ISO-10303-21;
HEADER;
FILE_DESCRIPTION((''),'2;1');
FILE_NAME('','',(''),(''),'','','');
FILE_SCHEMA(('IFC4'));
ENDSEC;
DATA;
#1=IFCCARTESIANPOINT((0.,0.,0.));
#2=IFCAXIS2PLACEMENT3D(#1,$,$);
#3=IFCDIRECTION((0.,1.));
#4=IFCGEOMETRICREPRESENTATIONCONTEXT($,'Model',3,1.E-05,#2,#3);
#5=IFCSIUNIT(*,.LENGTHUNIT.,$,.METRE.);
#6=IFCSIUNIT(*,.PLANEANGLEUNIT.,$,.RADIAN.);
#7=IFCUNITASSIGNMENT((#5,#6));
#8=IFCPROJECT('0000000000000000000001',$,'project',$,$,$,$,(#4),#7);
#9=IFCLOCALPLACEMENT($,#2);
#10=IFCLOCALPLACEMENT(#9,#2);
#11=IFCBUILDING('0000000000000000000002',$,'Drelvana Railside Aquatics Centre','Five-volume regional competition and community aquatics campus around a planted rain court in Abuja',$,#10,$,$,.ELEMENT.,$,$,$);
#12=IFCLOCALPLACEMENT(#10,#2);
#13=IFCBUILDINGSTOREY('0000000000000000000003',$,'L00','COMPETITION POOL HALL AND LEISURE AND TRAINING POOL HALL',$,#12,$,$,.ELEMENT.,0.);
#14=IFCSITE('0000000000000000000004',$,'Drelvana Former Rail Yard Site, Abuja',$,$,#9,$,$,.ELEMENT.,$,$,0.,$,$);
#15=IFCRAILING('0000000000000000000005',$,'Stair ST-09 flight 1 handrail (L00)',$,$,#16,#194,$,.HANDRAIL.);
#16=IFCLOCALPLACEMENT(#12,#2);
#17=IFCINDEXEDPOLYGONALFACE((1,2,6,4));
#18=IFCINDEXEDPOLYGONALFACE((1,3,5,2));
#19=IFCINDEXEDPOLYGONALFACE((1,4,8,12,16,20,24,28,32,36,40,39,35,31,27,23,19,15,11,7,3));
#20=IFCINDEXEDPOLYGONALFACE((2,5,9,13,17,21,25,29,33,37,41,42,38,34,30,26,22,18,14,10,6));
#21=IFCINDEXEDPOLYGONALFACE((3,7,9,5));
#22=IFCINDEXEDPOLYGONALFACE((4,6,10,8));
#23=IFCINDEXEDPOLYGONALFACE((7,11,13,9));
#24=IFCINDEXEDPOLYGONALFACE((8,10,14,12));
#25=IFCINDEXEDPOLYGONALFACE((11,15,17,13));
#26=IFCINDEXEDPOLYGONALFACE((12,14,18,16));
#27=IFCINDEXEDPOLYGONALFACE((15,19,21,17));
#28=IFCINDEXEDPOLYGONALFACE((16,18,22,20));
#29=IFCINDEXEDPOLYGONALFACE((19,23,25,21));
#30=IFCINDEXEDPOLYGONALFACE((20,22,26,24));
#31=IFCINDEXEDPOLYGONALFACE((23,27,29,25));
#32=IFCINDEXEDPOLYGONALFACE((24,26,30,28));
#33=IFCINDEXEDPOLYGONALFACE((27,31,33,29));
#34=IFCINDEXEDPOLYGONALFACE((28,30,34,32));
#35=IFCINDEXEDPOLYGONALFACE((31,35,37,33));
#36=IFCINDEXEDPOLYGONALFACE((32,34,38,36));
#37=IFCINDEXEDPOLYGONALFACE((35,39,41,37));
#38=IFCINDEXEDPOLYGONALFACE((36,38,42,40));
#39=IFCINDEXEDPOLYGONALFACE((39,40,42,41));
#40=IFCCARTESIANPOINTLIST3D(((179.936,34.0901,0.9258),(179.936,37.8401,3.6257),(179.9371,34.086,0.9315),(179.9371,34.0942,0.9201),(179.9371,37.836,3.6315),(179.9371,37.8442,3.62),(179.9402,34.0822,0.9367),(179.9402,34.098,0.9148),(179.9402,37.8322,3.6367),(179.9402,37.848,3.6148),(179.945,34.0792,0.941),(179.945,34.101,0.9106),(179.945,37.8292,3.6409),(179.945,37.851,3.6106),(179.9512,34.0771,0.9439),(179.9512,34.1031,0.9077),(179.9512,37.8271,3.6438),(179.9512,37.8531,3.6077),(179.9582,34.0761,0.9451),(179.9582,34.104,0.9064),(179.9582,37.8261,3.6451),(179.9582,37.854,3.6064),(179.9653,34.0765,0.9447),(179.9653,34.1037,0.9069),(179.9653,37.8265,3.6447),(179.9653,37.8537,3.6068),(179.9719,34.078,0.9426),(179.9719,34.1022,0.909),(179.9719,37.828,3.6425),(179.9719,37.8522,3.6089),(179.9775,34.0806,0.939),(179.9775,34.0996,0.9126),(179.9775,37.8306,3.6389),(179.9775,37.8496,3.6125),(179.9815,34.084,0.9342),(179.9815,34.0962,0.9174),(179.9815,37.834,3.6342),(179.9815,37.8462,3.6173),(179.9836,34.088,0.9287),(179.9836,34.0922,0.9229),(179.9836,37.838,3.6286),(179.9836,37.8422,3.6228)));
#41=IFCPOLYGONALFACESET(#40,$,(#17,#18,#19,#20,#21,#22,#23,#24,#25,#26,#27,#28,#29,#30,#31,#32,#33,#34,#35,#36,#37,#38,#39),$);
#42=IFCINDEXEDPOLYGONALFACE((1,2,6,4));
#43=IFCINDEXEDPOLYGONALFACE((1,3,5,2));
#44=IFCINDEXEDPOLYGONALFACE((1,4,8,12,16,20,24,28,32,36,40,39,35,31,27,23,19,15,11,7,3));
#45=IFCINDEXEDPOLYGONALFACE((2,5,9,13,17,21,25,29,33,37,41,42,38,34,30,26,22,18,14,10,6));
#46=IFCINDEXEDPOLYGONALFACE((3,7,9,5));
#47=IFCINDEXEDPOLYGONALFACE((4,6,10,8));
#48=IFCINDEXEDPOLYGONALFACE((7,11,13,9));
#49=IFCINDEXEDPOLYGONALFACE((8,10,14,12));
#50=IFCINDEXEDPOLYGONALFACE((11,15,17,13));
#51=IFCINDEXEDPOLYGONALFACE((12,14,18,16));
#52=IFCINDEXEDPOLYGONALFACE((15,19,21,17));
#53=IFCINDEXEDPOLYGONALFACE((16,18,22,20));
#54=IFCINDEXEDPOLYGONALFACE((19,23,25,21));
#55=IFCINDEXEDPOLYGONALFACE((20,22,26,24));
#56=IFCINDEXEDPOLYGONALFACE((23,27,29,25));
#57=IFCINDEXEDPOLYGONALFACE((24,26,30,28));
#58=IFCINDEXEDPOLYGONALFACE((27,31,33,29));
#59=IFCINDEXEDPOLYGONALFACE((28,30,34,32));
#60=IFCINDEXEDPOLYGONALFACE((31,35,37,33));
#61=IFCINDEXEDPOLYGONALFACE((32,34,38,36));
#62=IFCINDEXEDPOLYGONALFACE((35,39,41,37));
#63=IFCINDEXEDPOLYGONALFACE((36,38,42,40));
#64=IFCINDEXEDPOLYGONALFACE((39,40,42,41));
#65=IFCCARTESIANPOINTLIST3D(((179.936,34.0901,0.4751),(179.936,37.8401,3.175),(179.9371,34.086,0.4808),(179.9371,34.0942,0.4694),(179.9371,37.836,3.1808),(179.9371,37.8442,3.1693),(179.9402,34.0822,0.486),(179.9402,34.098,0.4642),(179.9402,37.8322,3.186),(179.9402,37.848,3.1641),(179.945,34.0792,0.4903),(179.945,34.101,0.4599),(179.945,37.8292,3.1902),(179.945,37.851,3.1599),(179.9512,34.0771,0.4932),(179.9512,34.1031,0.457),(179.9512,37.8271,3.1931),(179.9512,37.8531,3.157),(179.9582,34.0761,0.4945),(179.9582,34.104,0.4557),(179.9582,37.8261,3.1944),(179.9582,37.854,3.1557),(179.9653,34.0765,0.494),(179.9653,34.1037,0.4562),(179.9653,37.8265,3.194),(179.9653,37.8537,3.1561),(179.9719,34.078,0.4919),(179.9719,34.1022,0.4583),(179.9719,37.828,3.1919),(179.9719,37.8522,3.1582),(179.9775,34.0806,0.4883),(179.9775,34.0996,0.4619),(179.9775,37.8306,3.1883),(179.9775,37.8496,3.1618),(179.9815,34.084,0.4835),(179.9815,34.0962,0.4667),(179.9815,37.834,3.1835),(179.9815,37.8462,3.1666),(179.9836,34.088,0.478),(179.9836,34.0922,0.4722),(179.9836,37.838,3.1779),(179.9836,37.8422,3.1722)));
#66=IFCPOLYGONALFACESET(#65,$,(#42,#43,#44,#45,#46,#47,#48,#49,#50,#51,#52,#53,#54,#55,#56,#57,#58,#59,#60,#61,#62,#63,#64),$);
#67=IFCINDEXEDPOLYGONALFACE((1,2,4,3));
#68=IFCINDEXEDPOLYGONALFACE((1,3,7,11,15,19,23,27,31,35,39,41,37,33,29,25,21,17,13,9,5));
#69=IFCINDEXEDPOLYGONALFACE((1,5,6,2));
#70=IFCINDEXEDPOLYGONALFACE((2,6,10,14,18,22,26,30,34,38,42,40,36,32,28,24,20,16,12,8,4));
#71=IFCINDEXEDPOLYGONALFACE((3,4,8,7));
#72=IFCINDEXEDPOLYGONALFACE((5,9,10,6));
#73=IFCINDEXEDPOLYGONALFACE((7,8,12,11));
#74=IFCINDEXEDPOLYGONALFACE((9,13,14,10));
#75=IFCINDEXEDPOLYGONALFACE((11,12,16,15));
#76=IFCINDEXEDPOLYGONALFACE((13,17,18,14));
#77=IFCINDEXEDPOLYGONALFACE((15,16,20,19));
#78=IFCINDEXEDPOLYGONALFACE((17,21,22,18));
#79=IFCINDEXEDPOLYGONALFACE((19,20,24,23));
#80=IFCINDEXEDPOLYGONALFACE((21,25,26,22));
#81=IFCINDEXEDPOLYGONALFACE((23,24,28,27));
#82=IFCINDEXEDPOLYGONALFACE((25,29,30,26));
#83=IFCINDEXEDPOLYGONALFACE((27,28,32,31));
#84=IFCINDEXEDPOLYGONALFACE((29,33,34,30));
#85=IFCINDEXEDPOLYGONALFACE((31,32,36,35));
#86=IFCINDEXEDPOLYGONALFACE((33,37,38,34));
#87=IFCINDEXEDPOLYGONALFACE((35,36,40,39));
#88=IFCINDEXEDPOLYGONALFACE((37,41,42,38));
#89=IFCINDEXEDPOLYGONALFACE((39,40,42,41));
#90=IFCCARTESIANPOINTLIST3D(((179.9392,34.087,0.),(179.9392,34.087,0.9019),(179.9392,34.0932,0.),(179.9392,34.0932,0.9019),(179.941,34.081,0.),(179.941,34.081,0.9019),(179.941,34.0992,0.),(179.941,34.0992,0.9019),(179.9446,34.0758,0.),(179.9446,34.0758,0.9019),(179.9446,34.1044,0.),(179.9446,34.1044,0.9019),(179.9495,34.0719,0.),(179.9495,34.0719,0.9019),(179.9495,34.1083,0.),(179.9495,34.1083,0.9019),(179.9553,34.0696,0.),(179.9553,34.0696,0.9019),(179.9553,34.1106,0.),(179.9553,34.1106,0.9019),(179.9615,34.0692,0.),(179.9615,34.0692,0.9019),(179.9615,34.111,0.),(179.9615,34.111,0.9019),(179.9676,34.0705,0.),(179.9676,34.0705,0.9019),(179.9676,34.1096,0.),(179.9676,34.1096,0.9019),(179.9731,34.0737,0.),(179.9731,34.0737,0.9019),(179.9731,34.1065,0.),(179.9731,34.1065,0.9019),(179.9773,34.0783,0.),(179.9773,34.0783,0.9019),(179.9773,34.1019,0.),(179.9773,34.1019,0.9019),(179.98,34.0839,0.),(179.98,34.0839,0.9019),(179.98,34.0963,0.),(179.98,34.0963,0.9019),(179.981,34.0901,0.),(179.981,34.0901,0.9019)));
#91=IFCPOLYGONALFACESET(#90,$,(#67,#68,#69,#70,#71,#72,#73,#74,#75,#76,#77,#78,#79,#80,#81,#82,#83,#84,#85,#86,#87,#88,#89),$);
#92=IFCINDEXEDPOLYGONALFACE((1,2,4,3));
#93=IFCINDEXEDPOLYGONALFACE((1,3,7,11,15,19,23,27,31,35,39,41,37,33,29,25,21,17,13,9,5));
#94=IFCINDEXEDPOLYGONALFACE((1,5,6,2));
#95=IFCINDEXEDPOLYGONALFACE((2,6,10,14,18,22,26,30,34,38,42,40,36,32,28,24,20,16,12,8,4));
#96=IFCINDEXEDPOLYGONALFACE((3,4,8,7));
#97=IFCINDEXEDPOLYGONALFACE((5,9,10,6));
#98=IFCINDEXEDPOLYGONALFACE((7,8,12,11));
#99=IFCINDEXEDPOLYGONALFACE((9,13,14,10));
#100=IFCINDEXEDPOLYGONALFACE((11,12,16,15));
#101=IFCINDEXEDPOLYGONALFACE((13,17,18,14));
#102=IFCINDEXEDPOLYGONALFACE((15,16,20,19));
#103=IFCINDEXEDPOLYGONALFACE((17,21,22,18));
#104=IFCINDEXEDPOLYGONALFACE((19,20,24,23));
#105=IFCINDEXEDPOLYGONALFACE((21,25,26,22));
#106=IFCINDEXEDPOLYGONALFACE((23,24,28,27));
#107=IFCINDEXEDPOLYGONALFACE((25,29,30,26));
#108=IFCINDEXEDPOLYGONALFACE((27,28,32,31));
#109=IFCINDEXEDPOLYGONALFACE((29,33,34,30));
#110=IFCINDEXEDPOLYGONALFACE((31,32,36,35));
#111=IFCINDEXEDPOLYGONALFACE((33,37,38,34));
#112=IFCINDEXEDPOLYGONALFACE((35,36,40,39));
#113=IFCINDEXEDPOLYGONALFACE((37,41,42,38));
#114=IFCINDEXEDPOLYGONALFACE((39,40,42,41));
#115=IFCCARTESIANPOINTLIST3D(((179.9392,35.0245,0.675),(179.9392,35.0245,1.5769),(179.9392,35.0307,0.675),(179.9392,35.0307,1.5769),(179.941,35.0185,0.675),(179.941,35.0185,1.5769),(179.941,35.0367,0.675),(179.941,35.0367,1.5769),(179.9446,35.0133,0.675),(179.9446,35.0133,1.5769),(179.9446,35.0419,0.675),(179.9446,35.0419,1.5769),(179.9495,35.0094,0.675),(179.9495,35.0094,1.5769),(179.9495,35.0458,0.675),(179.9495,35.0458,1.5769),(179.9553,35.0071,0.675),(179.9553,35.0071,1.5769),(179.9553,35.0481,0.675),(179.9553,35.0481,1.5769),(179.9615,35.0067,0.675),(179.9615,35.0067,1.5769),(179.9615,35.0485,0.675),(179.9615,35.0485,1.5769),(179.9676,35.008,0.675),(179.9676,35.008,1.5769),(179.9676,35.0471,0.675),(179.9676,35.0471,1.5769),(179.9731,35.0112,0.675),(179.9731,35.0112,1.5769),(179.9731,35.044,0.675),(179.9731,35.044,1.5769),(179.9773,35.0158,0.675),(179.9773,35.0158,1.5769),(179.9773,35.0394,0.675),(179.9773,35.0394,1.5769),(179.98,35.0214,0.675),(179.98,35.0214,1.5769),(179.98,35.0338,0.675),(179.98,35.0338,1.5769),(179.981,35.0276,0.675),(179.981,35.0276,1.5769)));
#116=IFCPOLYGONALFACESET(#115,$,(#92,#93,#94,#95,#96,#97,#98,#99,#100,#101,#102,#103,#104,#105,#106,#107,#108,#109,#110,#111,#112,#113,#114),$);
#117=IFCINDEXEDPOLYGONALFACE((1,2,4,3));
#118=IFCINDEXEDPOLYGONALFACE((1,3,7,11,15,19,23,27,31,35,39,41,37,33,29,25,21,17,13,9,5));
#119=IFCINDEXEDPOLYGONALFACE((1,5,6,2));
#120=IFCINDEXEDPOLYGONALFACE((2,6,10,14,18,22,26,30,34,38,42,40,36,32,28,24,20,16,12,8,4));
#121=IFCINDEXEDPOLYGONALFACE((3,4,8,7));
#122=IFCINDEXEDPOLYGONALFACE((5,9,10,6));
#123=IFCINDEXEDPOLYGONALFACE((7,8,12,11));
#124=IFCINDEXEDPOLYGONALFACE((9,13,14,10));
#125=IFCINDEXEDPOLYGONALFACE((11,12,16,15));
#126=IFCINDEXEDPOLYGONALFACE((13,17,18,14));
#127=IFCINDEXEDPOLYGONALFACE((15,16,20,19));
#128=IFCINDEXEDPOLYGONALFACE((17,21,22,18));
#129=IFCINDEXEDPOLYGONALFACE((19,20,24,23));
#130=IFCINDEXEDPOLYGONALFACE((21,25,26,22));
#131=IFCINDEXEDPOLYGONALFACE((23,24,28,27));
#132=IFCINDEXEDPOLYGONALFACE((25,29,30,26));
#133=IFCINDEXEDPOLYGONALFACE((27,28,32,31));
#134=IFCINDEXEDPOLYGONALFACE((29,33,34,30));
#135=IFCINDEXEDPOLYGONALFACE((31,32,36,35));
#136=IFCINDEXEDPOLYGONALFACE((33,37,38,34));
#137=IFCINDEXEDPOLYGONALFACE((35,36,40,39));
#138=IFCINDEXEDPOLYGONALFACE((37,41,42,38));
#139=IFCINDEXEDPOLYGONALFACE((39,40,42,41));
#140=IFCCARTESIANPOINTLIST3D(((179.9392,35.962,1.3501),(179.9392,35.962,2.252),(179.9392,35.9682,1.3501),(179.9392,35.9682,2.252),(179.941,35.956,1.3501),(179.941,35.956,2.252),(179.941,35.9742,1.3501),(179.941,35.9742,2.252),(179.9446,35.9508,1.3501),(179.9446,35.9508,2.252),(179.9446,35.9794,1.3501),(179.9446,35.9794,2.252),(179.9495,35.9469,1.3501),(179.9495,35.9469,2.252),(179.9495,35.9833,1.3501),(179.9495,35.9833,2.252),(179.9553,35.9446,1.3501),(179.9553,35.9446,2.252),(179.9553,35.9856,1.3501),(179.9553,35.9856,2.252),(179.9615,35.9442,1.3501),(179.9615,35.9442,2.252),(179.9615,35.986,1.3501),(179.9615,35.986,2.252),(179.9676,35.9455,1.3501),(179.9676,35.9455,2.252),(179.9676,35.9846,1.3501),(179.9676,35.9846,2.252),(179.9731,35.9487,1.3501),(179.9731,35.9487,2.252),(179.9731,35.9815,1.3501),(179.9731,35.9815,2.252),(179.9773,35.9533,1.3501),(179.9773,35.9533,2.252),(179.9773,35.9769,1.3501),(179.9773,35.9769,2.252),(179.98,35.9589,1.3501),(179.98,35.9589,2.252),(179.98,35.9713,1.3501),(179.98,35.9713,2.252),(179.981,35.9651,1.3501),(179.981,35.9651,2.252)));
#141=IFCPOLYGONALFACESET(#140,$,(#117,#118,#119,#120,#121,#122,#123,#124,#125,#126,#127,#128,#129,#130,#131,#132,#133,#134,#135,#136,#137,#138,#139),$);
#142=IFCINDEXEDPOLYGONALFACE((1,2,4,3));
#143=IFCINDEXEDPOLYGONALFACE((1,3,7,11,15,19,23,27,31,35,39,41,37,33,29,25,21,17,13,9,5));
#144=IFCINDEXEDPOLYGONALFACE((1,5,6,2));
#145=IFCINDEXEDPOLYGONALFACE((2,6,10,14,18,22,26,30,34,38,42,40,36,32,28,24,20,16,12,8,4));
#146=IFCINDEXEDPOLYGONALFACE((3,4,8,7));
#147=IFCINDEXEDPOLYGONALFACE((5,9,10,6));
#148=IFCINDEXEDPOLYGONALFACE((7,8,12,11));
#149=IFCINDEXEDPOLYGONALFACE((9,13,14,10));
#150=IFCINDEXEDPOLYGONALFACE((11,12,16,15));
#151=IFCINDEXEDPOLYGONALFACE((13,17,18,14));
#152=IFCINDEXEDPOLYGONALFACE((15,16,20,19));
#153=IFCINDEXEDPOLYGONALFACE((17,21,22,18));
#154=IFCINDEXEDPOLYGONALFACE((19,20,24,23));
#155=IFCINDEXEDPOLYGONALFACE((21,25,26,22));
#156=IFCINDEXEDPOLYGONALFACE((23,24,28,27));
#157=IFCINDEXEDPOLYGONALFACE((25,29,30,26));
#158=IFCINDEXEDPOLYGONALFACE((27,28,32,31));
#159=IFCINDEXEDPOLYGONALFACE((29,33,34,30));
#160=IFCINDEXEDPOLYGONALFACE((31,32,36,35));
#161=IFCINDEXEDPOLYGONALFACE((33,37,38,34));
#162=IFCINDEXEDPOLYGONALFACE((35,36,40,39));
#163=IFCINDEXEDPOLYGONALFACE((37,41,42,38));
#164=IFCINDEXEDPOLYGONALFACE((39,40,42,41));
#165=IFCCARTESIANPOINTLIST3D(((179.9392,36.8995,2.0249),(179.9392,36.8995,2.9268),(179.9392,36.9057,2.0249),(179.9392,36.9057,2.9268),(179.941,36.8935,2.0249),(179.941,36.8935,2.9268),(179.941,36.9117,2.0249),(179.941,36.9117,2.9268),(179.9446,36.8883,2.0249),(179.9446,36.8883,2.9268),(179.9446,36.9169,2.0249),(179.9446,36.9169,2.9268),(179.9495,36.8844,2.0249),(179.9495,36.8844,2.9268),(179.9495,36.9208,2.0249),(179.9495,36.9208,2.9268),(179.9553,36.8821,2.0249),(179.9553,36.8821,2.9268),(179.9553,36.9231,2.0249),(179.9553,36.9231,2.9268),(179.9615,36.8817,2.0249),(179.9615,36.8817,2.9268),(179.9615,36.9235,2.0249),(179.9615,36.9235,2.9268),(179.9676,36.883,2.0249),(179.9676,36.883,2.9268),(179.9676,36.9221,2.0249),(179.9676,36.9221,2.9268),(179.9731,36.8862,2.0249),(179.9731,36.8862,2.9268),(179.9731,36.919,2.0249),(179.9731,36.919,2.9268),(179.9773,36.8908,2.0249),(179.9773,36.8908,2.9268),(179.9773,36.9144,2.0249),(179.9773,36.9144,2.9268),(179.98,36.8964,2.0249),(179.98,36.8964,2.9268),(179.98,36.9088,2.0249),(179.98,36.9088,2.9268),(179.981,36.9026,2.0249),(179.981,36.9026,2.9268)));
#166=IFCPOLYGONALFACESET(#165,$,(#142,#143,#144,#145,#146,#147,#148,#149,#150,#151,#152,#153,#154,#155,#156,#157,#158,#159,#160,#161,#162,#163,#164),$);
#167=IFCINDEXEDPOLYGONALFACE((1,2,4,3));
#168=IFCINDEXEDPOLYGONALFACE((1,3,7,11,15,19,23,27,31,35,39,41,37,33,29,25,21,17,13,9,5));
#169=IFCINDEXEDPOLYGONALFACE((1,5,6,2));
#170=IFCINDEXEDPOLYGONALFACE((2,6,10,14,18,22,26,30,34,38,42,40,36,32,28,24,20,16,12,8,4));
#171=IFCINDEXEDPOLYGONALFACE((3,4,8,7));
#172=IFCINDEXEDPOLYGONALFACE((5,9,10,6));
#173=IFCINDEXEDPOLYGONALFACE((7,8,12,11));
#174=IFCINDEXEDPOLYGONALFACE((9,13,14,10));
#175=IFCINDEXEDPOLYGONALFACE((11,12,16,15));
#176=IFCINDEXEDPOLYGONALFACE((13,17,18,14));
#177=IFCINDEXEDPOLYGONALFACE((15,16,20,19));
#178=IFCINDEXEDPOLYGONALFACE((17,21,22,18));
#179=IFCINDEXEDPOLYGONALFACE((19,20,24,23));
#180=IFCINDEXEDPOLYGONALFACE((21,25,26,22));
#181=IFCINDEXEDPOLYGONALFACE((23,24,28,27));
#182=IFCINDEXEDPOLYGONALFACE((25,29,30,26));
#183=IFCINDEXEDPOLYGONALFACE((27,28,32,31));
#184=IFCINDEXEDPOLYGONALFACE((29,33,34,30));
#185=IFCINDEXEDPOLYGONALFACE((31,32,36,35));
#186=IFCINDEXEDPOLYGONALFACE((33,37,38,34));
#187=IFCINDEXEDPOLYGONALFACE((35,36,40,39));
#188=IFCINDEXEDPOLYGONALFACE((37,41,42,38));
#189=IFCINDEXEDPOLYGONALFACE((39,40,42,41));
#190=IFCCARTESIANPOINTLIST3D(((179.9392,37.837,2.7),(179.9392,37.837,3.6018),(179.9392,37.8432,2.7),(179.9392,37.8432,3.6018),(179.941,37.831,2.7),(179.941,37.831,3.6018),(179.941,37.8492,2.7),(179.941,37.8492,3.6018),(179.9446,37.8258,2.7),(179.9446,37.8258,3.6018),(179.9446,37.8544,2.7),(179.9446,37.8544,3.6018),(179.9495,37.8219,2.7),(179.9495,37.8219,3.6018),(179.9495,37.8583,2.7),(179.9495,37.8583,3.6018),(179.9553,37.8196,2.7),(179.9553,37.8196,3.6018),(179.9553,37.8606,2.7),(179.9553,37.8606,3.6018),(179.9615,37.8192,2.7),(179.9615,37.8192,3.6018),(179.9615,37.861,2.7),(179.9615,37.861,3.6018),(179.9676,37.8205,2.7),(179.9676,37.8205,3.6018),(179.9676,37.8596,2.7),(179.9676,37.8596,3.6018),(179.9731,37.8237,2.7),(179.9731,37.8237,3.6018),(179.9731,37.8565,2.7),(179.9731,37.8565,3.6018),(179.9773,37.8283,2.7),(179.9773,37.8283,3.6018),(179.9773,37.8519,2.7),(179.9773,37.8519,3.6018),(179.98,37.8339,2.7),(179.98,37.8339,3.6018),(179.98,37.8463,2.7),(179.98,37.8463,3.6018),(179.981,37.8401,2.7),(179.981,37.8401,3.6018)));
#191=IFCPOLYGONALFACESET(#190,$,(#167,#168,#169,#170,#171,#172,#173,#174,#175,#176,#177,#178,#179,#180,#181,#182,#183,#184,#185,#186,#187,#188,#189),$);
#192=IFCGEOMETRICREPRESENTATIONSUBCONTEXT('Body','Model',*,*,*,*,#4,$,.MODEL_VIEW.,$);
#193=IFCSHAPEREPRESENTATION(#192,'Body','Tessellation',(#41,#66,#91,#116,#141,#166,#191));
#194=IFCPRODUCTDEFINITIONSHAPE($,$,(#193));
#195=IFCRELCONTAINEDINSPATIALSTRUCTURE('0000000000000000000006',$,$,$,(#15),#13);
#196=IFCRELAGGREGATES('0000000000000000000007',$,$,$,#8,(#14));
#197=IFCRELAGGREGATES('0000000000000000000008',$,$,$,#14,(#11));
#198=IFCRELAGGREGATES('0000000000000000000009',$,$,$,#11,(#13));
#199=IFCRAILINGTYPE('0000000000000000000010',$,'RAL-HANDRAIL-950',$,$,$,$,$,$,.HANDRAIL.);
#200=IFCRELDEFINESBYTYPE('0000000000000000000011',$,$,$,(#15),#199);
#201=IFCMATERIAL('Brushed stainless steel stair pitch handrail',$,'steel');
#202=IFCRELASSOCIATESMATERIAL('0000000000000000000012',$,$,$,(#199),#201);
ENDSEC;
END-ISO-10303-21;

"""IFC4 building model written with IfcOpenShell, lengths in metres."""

from ifc_helpers import new_model, si_unit, direction, frame, origin, origin_2d, place, context, subcontext, project, spatial, circle, extrude, material, type_object, element, save


model = new_model("IFC4")

# Units and contexts
model_context = context("Model", 3, precision=1e-05, world=origin(), true_north=direction((0.0, 1.0)))
body_context = subcontext(model_context, "Body", "Model", "MODEL_VIEW")
ifc_project = project(units=[si_unit("LENGTHUNIT", "METRE"), si_unit("PLANEANGLEUNIT", "RADIAN")], contexts=[model_context])

# Site, building, storey
site_placement = place(None, origin())
site = spatial("IfcSite", under=ifc_project, at=site_placement, Name="Drelvana Former Rail Yard Site, Abuja", CompositionType="ELEMENT", RefElevation=0.0)
building_placement = place(site_placement, origin())
building = spatial("IfcBuilding", under=site, at=building_placement, Name="Drelvana Railside Aquatics Centre", Description="Five-volume regional competition and community aquatics campus around a planted rain court in Abuja", CompositionType="ELEMENT")
storey_placement = place(building_placement, origin())
storey = spatial("IfcBuildingStorey", under=building, at=storey_placement, Name="L00", Description="COMPETITION POOL HALL AND LEISURE AND TRAINING POOL HALL", CompositionType="ELEMENT", Elevation=0.0)

# Railing
ifc_material_1 = material(Name="Brushed stainless steel stair pitch handrail", Category="steel")
railing_type = type_object("IfcRailingType", Name="RAL-HANDRAIL-950", PredefinedType="HANDRAIL", material=ifc_material_1)
railing_1_placement = place(storey_placement, frame((179.96, 34.0901, 0.0)))
element("IfcRailing", 1, at=railing_1_placement, inside=storey, type_object=railing_type, Name="Stair ST-09 flight 1 handrail (L00)", PredefinedType="HANDRAIL", context=body_context, shape_type="SweptSolid", body=[
    extrude(circle(Radius=0.0239, at=origin_2d()), frame((0.0, 0.0, 0.9258), z_axis=(0.0, 0.811539, 0.584298), x_axis=(-1.0, 0.0, 0.0)), (0.0, 0.0, 1.0), 4.6208),
    extrude(circle(Radius=0.0239, at=origin_2d()), frame((0.0, 0.0, 0.4751), z_axis=(0.0, 0.811539, 0.584298), x_axis=(-1.0, 0.0, 0.0)), (0.0, 0.0, 1.0), 4.6208),
    extrude(circle(Radius=0.021, at=origin_2d()), origin(), (0.0, 0.0, 1.0), 0.9019),
    extrude(circle(Radius=0.021, at=origin_2d()), frame((0.0, 0.9375, 0.675)), (0.0, 0.0, 1.0), 0.9019),
    extrude(circle(Radius=0.021, at=origin_2d()), frame((0.0, 1.875, 1.3501)), (0.0, 0.0, 1.0), 0.9019),
    extrude(circle(Radius=0.021, at=origin_2d()), frame((0.0, 2.8125, 2.0249)), (0.0, 0.0, 1.0), 0.9019),
    extrude(circle(Radius=0.021, at=origin_2d()), frame((0.0, 3.75, 2.7)), (0.0, 0.0, 1.0), 0.9019),
])

save(model, "model.ifc")
